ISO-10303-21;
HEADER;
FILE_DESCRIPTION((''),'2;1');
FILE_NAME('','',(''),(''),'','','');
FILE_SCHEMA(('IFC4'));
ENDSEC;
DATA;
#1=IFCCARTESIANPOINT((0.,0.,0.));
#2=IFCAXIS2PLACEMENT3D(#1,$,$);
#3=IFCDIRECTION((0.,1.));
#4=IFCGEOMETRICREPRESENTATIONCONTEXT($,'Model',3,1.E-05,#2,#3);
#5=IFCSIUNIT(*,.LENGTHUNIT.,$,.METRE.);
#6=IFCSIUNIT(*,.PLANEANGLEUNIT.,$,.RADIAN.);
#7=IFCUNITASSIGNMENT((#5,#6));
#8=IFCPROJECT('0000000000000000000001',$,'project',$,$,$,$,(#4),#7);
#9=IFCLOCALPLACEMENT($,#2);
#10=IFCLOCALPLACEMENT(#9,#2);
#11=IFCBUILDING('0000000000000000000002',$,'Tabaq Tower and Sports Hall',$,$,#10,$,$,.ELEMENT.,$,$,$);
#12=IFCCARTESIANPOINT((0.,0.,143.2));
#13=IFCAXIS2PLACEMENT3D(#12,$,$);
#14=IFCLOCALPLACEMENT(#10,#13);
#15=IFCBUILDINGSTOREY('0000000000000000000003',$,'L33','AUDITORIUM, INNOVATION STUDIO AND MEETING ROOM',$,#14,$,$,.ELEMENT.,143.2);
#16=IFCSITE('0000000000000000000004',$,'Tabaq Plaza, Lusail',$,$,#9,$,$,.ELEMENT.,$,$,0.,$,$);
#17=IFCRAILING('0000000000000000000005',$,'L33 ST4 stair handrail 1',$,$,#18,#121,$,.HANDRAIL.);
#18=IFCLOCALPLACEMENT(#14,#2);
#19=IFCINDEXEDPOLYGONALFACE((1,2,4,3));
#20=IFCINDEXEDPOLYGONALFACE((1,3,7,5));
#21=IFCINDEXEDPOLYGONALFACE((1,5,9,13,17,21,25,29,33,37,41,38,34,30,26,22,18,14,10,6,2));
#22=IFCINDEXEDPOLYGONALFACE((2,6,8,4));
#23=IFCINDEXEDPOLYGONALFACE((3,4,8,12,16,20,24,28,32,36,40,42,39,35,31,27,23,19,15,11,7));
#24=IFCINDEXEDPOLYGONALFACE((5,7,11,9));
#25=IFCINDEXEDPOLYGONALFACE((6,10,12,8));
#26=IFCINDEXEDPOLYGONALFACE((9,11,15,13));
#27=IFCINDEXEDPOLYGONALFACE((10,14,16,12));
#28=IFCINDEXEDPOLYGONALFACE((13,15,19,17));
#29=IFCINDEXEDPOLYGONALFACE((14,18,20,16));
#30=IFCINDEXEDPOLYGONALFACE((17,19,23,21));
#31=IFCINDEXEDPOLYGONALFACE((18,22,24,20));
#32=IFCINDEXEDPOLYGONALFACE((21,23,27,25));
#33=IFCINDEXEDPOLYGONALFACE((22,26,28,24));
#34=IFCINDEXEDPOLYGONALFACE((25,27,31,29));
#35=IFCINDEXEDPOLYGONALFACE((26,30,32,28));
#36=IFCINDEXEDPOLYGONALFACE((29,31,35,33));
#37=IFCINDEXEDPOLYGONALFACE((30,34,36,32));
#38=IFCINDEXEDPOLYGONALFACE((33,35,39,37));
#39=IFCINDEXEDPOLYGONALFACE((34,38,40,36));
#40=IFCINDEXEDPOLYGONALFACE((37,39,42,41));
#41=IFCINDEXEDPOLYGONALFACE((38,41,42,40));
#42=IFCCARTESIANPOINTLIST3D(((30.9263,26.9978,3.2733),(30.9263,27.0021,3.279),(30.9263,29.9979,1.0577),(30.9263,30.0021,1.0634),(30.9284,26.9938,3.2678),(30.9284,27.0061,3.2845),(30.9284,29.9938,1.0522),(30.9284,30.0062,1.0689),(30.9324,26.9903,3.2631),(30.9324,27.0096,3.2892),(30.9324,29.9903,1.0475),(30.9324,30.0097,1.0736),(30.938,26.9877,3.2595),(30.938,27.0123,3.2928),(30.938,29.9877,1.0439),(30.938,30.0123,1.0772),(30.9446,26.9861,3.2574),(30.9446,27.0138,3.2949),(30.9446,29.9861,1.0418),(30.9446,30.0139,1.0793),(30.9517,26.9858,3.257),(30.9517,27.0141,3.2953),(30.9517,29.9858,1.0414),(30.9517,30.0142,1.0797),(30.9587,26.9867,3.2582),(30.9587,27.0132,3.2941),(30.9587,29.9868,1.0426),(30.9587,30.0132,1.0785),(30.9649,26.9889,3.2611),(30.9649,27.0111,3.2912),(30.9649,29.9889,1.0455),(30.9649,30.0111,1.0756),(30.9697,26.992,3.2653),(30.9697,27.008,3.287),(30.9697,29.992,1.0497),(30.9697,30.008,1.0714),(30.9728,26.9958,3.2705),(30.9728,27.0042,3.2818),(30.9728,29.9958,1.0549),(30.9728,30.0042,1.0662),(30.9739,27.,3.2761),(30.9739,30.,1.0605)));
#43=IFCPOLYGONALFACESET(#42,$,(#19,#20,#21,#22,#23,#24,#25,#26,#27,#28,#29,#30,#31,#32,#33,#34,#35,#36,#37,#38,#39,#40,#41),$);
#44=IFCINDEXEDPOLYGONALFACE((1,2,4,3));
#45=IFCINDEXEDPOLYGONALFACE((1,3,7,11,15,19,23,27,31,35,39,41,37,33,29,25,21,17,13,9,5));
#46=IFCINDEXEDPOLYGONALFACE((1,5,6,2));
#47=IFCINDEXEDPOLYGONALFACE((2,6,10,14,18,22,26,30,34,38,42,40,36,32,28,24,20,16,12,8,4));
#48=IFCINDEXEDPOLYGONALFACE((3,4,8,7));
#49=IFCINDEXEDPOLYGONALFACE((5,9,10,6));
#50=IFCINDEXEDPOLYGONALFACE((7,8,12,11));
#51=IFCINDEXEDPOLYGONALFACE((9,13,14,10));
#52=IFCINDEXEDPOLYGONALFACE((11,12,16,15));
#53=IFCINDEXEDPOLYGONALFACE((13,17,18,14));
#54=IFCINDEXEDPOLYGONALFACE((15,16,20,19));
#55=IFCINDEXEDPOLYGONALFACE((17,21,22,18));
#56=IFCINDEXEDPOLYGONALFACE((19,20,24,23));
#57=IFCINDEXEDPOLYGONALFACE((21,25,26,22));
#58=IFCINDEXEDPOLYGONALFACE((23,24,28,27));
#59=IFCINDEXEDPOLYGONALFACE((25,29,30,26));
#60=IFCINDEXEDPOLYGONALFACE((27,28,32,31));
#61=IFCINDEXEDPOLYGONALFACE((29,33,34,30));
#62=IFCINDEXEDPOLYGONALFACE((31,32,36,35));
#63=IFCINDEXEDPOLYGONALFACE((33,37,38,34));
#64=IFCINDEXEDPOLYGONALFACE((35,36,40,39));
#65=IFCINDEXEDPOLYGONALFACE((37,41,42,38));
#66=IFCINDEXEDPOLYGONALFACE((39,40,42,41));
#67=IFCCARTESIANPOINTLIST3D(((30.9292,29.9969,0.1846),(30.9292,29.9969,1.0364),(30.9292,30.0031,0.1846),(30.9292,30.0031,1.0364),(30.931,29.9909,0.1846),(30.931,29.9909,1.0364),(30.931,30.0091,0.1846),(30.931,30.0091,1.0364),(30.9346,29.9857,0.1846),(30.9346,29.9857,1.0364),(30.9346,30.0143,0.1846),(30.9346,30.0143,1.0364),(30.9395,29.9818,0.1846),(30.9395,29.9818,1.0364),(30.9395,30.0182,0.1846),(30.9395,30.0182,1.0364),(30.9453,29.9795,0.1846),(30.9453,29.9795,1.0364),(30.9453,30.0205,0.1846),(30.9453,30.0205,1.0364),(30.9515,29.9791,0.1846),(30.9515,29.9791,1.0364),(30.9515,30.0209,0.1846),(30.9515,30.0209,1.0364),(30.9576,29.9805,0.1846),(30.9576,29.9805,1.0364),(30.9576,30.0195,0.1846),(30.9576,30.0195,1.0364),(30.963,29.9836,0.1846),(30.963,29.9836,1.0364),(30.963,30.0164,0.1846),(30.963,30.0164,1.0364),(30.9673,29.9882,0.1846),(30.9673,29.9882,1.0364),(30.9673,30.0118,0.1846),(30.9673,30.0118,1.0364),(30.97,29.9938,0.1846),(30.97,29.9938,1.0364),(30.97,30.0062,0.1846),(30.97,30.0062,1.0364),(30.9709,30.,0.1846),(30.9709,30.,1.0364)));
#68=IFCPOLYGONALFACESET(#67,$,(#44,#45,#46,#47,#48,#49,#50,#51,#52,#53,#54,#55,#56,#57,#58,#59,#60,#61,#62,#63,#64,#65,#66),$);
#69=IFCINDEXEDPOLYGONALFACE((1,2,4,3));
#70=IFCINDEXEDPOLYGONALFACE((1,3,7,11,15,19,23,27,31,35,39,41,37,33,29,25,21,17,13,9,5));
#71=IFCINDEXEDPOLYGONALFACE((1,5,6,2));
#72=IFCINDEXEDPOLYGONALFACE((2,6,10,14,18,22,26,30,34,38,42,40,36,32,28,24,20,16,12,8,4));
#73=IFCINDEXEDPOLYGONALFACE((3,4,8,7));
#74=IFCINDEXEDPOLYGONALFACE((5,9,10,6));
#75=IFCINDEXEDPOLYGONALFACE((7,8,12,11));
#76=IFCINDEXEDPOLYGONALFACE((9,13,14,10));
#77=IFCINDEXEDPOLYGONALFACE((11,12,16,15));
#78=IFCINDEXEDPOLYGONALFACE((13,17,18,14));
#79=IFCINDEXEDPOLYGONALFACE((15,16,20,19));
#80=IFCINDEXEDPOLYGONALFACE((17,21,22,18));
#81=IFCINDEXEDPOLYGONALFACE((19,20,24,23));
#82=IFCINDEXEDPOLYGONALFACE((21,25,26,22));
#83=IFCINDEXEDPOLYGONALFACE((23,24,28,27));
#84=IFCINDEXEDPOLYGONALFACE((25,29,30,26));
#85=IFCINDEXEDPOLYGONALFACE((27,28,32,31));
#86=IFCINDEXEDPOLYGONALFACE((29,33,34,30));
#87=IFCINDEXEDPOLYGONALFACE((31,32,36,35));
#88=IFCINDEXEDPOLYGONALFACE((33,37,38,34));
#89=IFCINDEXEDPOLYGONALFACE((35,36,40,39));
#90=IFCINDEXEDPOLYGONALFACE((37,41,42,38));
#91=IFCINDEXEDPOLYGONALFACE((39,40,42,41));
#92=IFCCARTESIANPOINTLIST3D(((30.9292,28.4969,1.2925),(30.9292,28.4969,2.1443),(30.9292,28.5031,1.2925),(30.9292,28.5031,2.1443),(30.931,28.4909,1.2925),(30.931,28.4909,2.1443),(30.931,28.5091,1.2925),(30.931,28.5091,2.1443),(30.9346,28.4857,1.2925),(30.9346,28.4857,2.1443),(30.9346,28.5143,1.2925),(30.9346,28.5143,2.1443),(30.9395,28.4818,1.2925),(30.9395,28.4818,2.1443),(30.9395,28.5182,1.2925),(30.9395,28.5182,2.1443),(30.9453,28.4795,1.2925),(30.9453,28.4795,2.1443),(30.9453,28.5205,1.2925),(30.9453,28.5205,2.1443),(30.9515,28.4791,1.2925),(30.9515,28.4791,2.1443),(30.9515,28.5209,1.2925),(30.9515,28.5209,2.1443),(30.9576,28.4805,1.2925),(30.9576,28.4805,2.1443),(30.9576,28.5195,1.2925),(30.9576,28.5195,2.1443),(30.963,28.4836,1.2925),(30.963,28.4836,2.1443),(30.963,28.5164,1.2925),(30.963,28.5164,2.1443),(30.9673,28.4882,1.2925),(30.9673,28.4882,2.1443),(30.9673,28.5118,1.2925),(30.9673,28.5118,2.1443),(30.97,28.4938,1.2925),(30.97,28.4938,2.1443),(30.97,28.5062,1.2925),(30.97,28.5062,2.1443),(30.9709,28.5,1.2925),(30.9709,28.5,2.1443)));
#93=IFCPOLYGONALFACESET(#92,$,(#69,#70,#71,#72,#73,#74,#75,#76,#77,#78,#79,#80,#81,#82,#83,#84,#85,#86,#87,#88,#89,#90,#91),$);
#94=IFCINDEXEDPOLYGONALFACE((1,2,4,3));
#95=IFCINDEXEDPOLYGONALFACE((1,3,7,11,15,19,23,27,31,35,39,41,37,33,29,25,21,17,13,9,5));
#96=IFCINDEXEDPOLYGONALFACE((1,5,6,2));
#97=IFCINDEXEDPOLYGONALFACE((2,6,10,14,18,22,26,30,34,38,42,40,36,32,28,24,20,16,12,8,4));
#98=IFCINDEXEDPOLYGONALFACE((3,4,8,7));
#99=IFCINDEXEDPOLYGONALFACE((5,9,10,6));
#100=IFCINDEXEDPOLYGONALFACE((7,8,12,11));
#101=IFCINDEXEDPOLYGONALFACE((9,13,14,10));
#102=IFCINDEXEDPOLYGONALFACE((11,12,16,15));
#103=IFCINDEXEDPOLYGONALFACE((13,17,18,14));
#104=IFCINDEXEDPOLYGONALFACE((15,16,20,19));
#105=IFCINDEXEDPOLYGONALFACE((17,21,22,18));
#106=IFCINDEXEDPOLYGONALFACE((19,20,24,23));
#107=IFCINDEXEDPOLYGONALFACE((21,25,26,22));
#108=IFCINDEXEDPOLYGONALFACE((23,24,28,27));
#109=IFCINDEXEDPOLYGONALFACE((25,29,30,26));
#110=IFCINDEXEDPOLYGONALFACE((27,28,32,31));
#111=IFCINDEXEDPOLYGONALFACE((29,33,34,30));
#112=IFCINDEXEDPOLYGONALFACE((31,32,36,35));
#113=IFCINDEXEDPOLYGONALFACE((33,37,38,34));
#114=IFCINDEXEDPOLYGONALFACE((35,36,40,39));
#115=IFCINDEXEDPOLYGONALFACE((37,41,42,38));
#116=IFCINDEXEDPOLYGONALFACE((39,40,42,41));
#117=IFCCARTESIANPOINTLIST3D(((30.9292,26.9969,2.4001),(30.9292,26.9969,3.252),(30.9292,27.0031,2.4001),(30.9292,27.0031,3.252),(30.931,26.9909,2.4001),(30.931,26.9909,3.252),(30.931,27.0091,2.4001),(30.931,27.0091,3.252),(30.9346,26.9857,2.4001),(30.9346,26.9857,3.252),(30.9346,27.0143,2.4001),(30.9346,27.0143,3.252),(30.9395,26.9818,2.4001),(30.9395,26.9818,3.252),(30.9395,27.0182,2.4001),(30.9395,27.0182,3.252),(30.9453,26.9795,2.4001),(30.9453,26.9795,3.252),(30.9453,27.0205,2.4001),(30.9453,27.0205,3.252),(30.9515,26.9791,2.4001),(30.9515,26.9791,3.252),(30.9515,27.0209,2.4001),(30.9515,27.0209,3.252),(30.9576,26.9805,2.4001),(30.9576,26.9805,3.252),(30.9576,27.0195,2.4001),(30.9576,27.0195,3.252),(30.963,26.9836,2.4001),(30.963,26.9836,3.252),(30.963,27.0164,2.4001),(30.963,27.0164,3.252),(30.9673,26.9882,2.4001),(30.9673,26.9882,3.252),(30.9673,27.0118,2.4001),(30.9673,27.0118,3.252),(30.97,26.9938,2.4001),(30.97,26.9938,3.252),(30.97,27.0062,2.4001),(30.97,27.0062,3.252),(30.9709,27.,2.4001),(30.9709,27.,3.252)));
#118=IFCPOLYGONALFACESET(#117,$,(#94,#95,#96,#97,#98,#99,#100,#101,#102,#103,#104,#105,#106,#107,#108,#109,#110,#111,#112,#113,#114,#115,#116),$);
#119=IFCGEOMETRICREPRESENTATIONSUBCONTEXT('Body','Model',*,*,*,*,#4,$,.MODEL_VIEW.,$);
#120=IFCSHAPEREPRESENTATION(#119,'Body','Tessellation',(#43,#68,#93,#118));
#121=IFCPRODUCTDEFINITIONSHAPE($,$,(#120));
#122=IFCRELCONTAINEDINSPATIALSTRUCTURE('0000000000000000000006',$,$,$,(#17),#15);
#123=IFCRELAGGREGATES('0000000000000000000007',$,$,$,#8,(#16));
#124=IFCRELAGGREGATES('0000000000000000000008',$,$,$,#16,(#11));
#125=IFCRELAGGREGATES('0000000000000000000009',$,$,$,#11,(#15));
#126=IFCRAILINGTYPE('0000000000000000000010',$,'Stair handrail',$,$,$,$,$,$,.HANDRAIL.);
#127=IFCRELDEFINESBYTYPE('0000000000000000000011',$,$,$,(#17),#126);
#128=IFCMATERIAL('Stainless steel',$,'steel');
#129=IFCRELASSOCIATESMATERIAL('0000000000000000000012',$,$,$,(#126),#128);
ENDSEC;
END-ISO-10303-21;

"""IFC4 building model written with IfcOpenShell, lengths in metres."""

from ifc_helpers import new_model, si_unit, direction, frame, origin, origin_2d, place, context, subcontext, project, spatial, circle, extrude, material, type_object, element, save


model = new_model("IFC4")

# Units and contexts
model_context = context("Model", 3, precision=1e-05, world=origin(), true_north=direction((0.0, 1.0)))
body_context = subcontext(model_context, "Body", "Model", "MODEL_VIEW")
ifc_project = project(units=[si_unit("LENGTHUNIT", "METRE"), si_unit("PLANEANGLEUNIT", "RADIAN")], contexts=[model_context])

# Site, building, storey
site_placement = place(None, origin())
site = spatial("IfcSite", under=ifc_project, at=site_placement, Name="Tabaq Plaza, Lusail", CompositionType="ELEMENT", RefElevation=0.0)
building_placement = place(site_placement, origin())
building = spatial("IfcBuilding", under=site, at=building_placement, Name="Tabaq Tower and Sports Hall", CompositionType="ELEMENT")
storey_placement = place(building_placement, frame((0.0, 0.0, 143.2)))
storey = spatial("IfcBuildingStorey", under=building, at=storey_placement, Name="L33", Description="AUDITORIUM, INNOVATION STUDIO AND MEETING ROOM", CompositionType="ELEMENT", Elevation=143.2)

# Railing
ifc_material_1 = material(Name="Stainless steel", Category="steel")
railing_type_1 = type_object("IfcRailingType", Name="Stair handrail", PredefinedType="HANDRAIL", material=ifc_material_1)
railing_1_placement = place(storey_placement, frame((30.95, 30.0, 0.1846)))
element("IfcRailing", 1, at=railing_1_placement, inside=storey, type_object=railing_type_1, Name="L33 ST4 stair handrail 1", PredefinedType="HANDRAIL", context=body_context, shape_type="SweptSolid", body=[
    extrude(circle(Radius=0.0239, at=origin_2d()), frame((0.0, 0.0, 0.876), z_axis=(0.0, -0.804409, 0.594076), x_axis=(1.0, 0.0, 0.0)), (0.0, 0.0, 1.0), 3.7295),
    extrude(circle(Radius=0.021, at=origin_2d()), origin(), (0.0, 0.0, 1.0), 0.8518),
    extrude(circle(Radius=0.021, at=origin_2d()), frame((0.0, -1.5, 1.1079)), (0.0, 0.0, 1.0), 0.8518),
    extrude(circle(Radius=0.021, at=origin_2d()), frame((0.0, -3.0, 2.2156)), (0.0, 0.0, 1.0), 0.8518),
])

save(model, "model.ifc")
